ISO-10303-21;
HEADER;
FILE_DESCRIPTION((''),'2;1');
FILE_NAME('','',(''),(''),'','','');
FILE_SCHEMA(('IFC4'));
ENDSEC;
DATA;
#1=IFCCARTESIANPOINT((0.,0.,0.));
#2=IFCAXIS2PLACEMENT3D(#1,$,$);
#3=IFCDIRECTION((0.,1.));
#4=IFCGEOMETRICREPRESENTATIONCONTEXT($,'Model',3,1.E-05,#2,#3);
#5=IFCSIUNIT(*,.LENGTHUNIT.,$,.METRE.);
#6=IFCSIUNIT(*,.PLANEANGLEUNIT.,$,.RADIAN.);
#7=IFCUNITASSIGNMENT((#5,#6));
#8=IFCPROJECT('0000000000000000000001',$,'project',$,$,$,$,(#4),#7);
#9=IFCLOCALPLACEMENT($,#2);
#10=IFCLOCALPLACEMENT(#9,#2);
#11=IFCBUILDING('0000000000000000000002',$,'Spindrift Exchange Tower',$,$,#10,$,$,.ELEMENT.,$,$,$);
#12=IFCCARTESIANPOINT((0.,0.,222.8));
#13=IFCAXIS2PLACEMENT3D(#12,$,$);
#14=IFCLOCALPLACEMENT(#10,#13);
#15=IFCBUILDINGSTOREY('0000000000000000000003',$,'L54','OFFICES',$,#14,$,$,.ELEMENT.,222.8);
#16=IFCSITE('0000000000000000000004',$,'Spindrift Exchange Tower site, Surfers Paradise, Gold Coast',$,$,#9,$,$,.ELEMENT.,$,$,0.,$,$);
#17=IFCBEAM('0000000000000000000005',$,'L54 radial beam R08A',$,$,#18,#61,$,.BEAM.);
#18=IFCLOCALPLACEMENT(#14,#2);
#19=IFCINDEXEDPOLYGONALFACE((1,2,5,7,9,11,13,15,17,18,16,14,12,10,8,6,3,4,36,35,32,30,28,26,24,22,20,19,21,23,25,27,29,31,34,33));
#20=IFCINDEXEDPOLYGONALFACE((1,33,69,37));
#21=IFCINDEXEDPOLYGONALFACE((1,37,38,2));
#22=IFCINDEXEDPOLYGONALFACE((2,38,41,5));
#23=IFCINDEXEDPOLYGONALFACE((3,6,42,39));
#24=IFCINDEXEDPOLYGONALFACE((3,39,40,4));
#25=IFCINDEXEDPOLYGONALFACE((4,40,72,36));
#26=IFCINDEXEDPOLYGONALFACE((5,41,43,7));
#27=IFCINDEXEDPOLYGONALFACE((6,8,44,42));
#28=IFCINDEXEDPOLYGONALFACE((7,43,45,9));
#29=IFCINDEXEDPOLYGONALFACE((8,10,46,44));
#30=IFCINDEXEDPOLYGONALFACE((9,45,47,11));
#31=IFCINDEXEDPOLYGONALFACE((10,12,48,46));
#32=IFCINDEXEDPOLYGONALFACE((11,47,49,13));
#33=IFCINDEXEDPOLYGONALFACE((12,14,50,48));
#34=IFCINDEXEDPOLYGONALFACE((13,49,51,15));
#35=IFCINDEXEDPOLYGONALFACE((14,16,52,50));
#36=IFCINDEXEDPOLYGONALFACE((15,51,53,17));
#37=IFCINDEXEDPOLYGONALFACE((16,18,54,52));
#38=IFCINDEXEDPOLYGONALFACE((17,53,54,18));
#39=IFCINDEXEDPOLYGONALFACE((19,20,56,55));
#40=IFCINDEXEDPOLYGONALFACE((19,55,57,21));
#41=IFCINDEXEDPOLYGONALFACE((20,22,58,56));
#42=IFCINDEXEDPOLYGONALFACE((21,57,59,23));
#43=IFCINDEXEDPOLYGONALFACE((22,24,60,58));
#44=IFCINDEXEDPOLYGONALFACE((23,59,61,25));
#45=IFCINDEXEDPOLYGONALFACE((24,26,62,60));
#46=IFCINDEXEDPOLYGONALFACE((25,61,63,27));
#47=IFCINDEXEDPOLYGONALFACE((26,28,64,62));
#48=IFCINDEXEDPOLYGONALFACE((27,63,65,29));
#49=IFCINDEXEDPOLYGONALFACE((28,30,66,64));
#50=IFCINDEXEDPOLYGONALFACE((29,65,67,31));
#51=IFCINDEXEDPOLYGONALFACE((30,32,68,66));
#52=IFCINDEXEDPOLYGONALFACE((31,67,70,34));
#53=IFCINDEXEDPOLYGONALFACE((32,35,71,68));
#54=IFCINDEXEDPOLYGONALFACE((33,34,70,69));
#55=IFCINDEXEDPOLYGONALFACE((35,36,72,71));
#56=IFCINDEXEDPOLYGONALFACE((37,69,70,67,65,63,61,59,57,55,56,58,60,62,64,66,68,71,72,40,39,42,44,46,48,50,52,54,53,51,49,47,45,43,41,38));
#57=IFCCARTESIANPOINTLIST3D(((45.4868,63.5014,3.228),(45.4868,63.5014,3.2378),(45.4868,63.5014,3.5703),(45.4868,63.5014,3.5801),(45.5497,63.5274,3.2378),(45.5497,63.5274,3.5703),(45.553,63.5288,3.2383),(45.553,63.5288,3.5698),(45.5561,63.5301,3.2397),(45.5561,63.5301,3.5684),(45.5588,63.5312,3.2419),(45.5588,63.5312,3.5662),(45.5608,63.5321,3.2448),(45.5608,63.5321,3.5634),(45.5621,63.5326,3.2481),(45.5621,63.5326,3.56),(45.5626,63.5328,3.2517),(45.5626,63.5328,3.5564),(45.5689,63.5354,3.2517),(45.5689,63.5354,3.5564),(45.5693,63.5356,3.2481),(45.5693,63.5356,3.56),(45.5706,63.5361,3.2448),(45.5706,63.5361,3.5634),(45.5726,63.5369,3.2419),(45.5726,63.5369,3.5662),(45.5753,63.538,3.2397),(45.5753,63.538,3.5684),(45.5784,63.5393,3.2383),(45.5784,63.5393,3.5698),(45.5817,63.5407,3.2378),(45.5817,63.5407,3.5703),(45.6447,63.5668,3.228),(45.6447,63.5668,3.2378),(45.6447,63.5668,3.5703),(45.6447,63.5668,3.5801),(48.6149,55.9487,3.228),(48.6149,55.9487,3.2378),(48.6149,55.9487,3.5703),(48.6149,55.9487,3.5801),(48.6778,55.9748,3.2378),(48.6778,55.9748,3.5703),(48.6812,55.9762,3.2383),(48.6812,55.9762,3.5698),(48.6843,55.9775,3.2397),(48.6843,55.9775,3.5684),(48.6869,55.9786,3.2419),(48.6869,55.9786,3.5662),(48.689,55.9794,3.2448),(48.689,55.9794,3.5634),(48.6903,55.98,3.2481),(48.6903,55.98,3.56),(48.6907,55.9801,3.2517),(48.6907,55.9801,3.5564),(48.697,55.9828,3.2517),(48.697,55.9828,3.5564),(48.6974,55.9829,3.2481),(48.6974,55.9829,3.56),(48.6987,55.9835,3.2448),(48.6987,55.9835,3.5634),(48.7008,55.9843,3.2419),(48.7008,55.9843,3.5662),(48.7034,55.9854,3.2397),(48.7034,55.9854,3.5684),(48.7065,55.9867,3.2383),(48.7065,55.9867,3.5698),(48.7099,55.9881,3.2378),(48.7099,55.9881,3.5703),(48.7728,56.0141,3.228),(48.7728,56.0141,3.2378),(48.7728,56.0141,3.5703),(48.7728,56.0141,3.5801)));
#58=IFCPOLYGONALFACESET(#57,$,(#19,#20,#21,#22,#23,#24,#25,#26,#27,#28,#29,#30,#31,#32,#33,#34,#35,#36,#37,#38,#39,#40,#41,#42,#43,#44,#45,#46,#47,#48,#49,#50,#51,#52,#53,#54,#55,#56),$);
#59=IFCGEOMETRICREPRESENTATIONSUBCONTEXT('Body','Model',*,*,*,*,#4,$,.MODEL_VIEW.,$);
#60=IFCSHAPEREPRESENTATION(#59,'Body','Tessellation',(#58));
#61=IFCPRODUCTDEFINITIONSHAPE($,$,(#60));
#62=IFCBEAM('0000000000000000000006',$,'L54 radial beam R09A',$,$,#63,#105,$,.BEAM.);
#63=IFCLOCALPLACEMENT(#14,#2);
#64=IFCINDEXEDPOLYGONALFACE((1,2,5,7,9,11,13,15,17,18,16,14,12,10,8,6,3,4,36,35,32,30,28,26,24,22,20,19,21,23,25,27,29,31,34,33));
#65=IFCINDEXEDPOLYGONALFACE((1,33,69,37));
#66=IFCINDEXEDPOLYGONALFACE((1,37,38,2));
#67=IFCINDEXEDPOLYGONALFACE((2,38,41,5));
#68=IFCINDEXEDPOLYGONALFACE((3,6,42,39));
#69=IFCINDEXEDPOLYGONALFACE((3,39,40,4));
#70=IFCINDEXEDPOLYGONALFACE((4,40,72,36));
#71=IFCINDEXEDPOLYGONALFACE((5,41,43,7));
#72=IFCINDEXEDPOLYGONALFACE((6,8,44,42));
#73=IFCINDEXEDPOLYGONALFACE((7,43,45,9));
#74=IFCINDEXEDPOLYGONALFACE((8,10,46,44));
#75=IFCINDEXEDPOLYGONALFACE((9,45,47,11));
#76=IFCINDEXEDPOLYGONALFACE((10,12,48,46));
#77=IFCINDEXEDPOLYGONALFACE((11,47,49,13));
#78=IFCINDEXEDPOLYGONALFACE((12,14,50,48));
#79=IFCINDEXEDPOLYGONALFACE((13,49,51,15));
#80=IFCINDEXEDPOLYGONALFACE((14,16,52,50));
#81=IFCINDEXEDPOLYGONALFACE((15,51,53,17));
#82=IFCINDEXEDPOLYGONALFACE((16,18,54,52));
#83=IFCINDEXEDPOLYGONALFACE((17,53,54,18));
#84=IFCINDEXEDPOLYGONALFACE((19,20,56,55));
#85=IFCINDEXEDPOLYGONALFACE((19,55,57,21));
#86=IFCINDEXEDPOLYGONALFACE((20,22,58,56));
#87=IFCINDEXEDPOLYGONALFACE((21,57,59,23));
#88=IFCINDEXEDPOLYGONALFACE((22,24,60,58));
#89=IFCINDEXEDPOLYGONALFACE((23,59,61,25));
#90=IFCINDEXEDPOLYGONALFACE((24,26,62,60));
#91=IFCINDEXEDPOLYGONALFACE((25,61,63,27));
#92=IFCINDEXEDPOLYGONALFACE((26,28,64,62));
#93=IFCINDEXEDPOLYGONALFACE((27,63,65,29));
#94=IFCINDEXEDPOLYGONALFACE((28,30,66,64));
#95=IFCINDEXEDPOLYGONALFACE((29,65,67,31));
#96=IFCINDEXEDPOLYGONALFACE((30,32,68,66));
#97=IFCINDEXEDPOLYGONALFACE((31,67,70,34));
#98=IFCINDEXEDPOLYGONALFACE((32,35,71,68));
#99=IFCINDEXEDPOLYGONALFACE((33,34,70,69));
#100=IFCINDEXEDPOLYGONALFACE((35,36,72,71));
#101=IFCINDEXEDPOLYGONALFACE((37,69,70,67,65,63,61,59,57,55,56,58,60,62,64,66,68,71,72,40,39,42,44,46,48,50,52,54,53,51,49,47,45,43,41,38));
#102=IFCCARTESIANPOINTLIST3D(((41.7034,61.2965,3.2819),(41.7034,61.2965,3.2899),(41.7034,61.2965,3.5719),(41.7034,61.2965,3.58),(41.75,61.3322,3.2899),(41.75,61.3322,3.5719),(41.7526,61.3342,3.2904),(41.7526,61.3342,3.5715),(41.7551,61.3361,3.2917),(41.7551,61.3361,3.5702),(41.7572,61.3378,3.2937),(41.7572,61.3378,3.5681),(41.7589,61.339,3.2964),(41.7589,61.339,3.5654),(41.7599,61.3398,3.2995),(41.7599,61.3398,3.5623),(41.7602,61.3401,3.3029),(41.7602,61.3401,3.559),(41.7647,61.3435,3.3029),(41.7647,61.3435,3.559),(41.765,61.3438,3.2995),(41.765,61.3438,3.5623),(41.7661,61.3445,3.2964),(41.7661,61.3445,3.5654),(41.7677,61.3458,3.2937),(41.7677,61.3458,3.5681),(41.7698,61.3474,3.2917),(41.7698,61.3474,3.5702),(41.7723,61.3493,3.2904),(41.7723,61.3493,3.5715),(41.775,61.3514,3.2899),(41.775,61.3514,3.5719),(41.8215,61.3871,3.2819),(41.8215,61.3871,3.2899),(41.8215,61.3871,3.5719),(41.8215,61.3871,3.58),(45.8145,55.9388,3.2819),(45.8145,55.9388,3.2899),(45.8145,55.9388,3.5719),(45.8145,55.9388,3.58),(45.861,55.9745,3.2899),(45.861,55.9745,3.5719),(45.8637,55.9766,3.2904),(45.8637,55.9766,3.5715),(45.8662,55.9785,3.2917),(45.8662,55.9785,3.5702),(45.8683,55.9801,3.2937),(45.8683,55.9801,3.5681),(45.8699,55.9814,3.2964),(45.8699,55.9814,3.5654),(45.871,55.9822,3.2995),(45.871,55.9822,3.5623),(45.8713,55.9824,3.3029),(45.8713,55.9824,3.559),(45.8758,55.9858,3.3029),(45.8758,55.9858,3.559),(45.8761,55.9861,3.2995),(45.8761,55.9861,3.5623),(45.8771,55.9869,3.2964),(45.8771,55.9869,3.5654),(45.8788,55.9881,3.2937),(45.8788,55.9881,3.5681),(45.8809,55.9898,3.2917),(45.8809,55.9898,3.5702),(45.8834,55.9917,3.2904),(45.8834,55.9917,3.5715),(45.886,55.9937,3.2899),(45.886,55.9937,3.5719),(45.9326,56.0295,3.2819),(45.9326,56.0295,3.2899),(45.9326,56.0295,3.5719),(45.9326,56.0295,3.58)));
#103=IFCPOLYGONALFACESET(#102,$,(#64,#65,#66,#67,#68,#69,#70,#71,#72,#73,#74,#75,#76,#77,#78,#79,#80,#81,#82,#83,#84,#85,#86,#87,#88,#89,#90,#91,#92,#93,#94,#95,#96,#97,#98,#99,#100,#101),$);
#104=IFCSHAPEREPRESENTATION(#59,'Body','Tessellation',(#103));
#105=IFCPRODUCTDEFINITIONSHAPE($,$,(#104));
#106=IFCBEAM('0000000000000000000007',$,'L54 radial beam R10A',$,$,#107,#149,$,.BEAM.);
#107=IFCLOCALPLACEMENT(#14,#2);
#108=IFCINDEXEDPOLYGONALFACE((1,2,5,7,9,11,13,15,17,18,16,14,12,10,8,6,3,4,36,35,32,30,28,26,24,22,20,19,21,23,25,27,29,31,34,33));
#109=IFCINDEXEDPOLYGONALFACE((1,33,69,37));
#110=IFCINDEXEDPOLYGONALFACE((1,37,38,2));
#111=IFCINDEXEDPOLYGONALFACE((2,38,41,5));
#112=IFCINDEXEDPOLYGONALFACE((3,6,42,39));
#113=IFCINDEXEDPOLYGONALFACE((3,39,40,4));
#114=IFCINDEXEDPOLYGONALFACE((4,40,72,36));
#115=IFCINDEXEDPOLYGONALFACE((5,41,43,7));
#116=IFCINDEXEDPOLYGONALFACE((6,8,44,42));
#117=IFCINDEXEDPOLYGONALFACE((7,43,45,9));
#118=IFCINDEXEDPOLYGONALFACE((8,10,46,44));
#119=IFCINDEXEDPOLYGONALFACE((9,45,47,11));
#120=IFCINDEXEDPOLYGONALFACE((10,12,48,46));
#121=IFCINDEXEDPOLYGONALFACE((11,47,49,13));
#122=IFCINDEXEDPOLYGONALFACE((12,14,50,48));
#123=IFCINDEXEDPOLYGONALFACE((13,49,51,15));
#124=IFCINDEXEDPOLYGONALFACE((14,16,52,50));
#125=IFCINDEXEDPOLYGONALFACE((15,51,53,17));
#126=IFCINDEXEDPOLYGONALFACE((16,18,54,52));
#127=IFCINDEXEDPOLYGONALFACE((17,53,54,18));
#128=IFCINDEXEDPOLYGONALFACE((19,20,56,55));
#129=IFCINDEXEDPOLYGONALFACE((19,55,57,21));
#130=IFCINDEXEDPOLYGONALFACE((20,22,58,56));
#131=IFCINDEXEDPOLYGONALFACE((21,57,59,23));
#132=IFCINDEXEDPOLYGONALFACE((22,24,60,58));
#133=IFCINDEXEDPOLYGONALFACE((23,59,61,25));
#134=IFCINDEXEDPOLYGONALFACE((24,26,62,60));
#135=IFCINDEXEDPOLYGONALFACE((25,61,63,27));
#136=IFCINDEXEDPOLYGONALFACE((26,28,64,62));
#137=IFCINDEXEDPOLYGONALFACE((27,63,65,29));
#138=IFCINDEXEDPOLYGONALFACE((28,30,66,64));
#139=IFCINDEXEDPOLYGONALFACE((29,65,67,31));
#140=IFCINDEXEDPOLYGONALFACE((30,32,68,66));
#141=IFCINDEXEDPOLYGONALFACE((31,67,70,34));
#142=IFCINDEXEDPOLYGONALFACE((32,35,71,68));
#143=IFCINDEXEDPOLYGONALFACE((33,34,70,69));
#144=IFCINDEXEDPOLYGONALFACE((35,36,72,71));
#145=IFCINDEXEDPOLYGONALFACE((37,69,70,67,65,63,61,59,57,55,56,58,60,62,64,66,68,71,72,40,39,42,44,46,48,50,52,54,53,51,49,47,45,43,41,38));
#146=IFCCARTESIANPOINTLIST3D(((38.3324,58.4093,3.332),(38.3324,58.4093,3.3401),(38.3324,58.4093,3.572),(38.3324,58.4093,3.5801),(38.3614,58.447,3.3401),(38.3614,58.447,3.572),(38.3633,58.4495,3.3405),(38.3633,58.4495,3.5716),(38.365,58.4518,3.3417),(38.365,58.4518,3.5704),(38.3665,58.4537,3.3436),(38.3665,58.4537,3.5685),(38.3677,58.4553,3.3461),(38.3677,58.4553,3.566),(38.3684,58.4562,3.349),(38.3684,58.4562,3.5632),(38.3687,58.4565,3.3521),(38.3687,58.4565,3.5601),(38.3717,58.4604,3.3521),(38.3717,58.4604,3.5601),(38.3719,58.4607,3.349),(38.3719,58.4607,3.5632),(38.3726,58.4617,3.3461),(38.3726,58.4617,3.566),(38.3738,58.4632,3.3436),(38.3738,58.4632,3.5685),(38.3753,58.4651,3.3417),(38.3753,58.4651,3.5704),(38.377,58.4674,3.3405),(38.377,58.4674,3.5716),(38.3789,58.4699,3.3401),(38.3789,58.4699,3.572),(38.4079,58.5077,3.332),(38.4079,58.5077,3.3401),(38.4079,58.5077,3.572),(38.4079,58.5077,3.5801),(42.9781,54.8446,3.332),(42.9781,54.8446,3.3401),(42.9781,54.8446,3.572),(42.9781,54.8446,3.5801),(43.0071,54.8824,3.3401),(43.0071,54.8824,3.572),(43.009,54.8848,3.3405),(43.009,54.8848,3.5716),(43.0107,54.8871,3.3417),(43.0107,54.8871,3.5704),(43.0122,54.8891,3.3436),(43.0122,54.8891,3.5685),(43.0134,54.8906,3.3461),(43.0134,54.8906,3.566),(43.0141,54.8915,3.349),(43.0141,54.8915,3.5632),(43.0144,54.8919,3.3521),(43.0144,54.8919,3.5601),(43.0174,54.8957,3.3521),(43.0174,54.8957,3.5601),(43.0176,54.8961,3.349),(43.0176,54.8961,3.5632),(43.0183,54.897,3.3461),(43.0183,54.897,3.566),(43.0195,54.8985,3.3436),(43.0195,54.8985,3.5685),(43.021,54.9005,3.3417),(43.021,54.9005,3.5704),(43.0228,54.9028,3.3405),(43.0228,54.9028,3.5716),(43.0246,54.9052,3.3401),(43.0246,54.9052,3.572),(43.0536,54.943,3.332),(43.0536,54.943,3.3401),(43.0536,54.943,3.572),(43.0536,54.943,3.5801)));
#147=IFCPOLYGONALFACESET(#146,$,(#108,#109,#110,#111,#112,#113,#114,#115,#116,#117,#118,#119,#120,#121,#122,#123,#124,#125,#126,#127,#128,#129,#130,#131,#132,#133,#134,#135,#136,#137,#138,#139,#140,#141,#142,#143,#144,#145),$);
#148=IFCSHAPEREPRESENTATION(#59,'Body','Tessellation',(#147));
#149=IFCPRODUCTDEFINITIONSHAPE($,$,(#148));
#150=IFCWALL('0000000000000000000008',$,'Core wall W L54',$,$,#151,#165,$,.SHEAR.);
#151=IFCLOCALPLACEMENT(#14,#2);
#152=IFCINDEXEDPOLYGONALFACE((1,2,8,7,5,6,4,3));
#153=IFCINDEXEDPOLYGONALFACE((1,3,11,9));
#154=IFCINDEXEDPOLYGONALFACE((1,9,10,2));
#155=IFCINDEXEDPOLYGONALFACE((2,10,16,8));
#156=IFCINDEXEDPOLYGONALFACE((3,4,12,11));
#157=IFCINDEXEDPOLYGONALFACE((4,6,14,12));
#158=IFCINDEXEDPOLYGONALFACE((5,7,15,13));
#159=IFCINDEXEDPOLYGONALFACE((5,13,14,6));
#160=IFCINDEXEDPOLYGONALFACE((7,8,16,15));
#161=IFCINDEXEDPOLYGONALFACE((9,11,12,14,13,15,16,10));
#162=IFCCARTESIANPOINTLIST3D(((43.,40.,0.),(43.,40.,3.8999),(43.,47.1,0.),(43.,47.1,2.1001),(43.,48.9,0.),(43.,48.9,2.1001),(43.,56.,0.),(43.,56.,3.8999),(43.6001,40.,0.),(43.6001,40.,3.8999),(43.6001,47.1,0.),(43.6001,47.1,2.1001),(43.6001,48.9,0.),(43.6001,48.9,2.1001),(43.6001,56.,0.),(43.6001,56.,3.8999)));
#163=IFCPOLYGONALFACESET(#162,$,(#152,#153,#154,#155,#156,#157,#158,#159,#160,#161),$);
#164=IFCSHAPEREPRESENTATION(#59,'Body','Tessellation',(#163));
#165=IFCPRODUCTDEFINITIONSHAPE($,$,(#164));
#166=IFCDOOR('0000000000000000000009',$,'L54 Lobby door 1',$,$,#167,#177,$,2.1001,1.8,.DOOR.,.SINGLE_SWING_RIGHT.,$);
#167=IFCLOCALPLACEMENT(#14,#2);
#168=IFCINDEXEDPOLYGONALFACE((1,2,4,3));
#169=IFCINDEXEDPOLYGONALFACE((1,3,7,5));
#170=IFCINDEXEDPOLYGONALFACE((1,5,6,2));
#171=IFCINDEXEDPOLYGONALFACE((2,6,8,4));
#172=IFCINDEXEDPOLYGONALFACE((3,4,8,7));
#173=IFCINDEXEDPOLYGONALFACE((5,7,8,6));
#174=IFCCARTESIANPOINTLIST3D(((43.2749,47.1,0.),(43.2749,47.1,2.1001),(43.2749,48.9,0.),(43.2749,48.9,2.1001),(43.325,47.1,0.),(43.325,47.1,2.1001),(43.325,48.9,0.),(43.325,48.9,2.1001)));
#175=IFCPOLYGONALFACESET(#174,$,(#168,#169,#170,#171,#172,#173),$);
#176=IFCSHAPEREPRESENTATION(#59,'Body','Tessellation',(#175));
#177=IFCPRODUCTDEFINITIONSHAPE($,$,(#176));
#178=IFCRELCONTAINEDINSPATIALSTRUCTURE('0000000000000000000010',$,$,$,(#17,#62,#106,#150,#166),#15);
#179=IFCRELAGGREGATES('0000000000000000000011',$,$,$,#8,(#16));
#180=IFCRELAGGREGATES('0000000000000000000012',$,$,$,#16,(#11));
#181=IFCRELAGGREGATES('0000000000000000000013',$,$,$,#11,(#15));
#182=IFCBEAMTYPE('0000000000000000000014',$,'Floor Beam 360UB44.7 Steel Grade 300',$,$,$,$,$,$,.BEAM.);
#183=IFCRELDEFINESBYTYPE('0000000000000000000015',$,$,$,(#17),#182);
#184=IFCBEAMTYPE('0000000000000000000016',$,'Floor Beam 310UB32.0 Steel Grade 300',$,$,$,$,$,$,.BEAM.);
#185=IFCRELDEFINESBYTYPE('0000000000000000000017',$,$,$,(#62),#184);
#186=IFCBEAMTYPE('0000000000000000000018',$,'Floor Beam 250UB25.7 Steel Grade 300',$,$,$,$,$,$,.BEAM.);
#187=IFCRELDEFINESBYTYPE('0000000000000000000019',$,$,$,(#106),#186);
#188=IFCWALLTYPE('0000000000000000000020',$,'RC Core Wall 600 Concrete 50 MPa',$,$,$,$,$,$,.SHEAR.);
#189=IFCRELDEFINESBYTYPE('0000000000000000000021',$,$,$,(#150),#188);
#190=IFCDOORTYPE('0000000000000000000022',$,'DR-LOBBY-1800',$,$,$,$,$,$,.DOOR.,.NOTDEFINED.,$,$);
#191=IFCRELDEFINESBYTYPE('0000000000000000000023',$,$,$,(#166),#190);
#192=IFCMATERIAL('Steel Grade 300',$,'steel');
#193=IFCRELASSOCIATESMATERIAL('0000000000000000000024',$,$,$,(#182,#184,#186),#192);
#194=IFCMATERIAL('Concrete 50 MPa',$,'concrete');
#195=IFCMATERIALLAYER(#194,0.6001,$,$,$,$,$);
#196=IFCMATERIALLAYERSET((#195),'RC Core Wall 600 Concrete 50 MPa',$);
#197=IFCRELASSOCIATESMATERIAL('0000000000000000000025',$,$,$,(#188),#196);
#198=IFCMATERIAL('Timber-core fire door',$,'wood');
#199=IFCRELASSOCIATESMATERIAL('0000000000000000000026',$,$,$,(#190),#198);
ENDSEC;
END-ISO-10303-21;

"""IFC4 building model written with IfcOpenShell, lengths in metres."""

from ifc_helpers import new_model, si_unit, direction, frame, frame_2d, origin, origin_2d, place, context, subcontext, project, spatial, rectangle, i_section, extrude, source, transform, mapped, material, layer, layer_set, material_profile, profile_set, type_object, element, fill, save


model = new_model("IFC4")

# Units and contexts
model_context = context("Model", 3, precision=1e-05, world=origin(), true_north=direction((0.0, 1.0)))
body_context = subcontext(model_context, "Body", "Model", "MODEL_VIEW")
ifc_project = project(units=[si_unit("LENGTHUNIT", "METRE"), si_unit("PLANEANGLEUNIT", "RADIAN")], contexts=[model_context])

# Site, building, storey
site_placement = place(None, origin())
site = spatial("IfcSite", under=ifc_project, at=site_placement, Name="Spindrift Exchange Tower site, Surfers Paradise, Gold Coast", CompositionType="ELEMENT", RefElevation=0.0)
building_placement = place(site_placement, origin())
building = spatial("IfcBuilding", under=site, at=building_placement, Name="Spindrift Exchange Tower", CompositionType="ELEMENT")
storey_placement = place(building_placement, frame((0.0, 0.0, 222.8)))
storey = spatial("IfcBuildingStorey", under=building, at=storey_placement, Name="L54", Description="OFFICES", CompositionType="ELEMENT", Elevation=222.8)

# Beams
ifc_material_1 = material(Name="Steel Grade 300", Category="steel")
ifc_material_profile_1 = material_profile(ifc_material_1, i_section(OverallWidth=0.1709, OverallDepth=0.3521, WebThickness=0.0068, FlangeThickness=0.0098, FilletRadius=0.0139, at=origin_2d()), Name="360UB44.7")
ifc_profile_set_1 = profile_set([ifc_material_profile_1], Name="Steel Grade 300")
beam_type_1 = type_object("IfcBeamType", Name="Floor Beam 360UB44.7 Steel Grade 300", PredefinedType="BEAM", material=ifc_profile_set_1)
shared_shape_1 = source(origin(), body_context, "Body", "SweptSolid", [
    extrude(i_section(OverallWidth=0.1709, OverallDepth=0.3521, WebThickness=0.0068, FlangeThickness=0.0098, FilletRadius=0.0139, at=origin_2d()), origin(), (0.0, 0.0, 1.0), 8.1748),
])
beam_1_placement = place(storey_placement, frame((48.6938, 55.9814, 3.4041), z_axis=(-0.382655, 0.923891, 0.0), x_axis=(-0.923891, -0.382655, 0.0)))
element("IfcBeam", 1, at=beam_1_placement, inside=storey, type_object=beam_type_1, Name="L54 radial beam R08A", PredefinedType="BEAM", context=body_context, shape_type="MappedRepresentation", body=[
    mapped(shared_shape_1, transform((0.0, 0.0, 0.0), scale=1.0)),
])
ifc_material_profile_2 = material_profile(ifc_material_1, i_section(OverallWidth=0.1489, OverallDepth=0.2981, WebThickness=0.0056, FlangeThickness=0.0081, FilletRadius=0.0129, at=origin_2d()), Name="310UB32.0")
ifc_profile_set_2 = profile_set([ifc_material_profile_2], Name="Steel Grade 300")
beam_type_2 = type_object("IfcBeamType", Name="Floor Beam 310UB32.0 Steel Grade 300", PredefinedType="BEAM", material=ifc_profile_set_2)
shared_shape_2 = source(origin(), body_context, "Body", "SweptSolid", [
    extrude(i_section(OverallWidth=0.1489, OverallDepth=0.2981, WebThickness=0.0056, FlangeThickness=0.0081, FilletRadius=0.0129, at=origin_2d()), origin(), (0.0, 0.0, 1.0), 6.7532),
])
beam_2_placement = place(storey_placement, frame((45.8735, 55.9841, 3.4309), z_axis=(-0.608762, 0.793353, 0.0), x_axis=(-0.793353, -0.608762, 0.0)))
element("IfcBeam", 2, at=beam_2_placement, inside=storey, type_object=beam_type_2, Name="L54 radial beam R09A", PredefinedType="BEAM", context=body_context, shape_type="MappedRepresentation", body=[
    mapped(shared_shape_2, transform((0.0, 0.0, 0.0), scale=1.0)),
])
ifc_material_profile_3 = material_profile(ifc_material_1, i_section(OverallWidth=0.124, OverallDepth=0.248, WebThickness=0.0049, FlangeThickness=0.0081, FilletRadius=0.012, at=origin_2d()), Name="250UB25.7")
ifc_profile_set_3 = profile_set([ifc_material_profile_3], Name="Steel Grade 300")
beam_type_3 = type_object("IfcBeamType", Name="Floor Beam 250UB25.7 Steel Grade 300", PredefinedType="BEAM", material=ifc_profile_set_3)
shared_shape_3 = source(origin(), body_context, "Body", "SweptSolid", [
    extrude(i_section(OverallWidth=0.124, OverallDepth=0.248, WebThickness=0.0049, FlangeThickness=0.0081, FilletRadius=0.012, at=origin_2d()), origin(), (0.0, 0.0, 1.0), 5.8557),
])
beam_3_placement = place(storey_placement, frame((43.0159, 54.8938, 3.4561), z_axis=(-0.793363, 0.608749, 0.0), x_axis=(-0.608749, -0.793363, 0.0)))
element("IfcBeam", 3, at=beam_3_placement, inside=storey, type_object=beam_type_3, Name="L54 radial beam R10A", PredefinedType="BEAM", context=body_context, shape_type="MappedRepresentation", body=[
    mapped(shared_shape_3, transform((0.0, 0.0, 0.0), scale=1.0)),
])

# Wall, opening, door
ifc_material_2 = material(Name="Concrete 50 MPa", Category="concrete")
ifc_layer = layer(ifc_material_2, 0.6001)
ifc_layer_set = layer_set([ifc_layer], Name="RC Core Wall 600 Concrete 50 MPa")
wall_type = type_object("IfcWallType", Name="RC Core Wall 600 Concrete 50 MPa", PredefinedType="SHEAR", material=ifc_layer_set)
wall_placement = place(storey_placement, frame((43.3, 56.0, 0.0), z_axis=(0.0, 0.0, 1.0), x_axis=(0.0, -1.0, 0.0)))
wall = element("IfcWall", 4, at=wall_placement, inside=storey, type_object=wall_type, Name="Core wall W L54", PredefinedType="SHEAR", context=body_context, shape_type="SweptSolid", body=[
    extrude(rectangle(XDim=16.0, YDim=0.6001, at=frame_2d((8.0, 0.0))), origin(), (0.0, 0.0, 1.0), 3.8999),
])
opening_placement = place(wall_placement, frame((7.1001, 0.0, 0.0)))
opening = element("IfcOpeningElement", 5, at=opening_placement, cuts=wall, PredefinedType="OPENING", context=body_context, shape_type="SweptSolid", body=[
    extrude(rectangle(XDim=1.8, YDim=2.1001, at=frame_2d((0.8999, 1.05))), frame((0.0, 0.3101, 0.0), z_axis=(0.0, -1.0, 0.0), x_axis=(1.0, 0.0, 0.0)), (0.0, 0.0, 1.0), 0.6201),
])
ifc_material_3 = material(Name="Timber-core fire door", Category="wood")
door_type = type_object("IfcDoorType", Name="DR-LOBBY-1800", OperationType="NOTDEFINED", PredefinedType="DOOR", material=ifc_material_3)
shared_shape_4 = source(origin(), body_context, "Body", "SweptSolid", [
    extrude(rectangle(XDim=1.8, YDim=2.1001, at=frame_2d((0.8999, 1.05))), frame((0.0, 0.0249, 0.0), z_axis=(0.0, -1.0, 0.0), x_axis=(1.0, 0.0, 0.0)), (0.0, 0.0, 1.0), 0.05),
])
door_placement = place(opening_placement, origin())
door = element("IfcDoor", 6, at=door_placement, inside=storey, type_object=door_type, Name="L54 Lobby door 1", OperationType="SINGLE_SWING_RIGHT", OverallHeight=2.1001, OverallWidth=1.8, PredefinedType="DOOR", context=body_context, shape_type="MappedRepresentation", body=[
    mapped(shared_shape_4, transform((0.0, 0.0, 0.0), scale=1.0)),
])
fill(opening, door)

save(model, "model.ifc")
